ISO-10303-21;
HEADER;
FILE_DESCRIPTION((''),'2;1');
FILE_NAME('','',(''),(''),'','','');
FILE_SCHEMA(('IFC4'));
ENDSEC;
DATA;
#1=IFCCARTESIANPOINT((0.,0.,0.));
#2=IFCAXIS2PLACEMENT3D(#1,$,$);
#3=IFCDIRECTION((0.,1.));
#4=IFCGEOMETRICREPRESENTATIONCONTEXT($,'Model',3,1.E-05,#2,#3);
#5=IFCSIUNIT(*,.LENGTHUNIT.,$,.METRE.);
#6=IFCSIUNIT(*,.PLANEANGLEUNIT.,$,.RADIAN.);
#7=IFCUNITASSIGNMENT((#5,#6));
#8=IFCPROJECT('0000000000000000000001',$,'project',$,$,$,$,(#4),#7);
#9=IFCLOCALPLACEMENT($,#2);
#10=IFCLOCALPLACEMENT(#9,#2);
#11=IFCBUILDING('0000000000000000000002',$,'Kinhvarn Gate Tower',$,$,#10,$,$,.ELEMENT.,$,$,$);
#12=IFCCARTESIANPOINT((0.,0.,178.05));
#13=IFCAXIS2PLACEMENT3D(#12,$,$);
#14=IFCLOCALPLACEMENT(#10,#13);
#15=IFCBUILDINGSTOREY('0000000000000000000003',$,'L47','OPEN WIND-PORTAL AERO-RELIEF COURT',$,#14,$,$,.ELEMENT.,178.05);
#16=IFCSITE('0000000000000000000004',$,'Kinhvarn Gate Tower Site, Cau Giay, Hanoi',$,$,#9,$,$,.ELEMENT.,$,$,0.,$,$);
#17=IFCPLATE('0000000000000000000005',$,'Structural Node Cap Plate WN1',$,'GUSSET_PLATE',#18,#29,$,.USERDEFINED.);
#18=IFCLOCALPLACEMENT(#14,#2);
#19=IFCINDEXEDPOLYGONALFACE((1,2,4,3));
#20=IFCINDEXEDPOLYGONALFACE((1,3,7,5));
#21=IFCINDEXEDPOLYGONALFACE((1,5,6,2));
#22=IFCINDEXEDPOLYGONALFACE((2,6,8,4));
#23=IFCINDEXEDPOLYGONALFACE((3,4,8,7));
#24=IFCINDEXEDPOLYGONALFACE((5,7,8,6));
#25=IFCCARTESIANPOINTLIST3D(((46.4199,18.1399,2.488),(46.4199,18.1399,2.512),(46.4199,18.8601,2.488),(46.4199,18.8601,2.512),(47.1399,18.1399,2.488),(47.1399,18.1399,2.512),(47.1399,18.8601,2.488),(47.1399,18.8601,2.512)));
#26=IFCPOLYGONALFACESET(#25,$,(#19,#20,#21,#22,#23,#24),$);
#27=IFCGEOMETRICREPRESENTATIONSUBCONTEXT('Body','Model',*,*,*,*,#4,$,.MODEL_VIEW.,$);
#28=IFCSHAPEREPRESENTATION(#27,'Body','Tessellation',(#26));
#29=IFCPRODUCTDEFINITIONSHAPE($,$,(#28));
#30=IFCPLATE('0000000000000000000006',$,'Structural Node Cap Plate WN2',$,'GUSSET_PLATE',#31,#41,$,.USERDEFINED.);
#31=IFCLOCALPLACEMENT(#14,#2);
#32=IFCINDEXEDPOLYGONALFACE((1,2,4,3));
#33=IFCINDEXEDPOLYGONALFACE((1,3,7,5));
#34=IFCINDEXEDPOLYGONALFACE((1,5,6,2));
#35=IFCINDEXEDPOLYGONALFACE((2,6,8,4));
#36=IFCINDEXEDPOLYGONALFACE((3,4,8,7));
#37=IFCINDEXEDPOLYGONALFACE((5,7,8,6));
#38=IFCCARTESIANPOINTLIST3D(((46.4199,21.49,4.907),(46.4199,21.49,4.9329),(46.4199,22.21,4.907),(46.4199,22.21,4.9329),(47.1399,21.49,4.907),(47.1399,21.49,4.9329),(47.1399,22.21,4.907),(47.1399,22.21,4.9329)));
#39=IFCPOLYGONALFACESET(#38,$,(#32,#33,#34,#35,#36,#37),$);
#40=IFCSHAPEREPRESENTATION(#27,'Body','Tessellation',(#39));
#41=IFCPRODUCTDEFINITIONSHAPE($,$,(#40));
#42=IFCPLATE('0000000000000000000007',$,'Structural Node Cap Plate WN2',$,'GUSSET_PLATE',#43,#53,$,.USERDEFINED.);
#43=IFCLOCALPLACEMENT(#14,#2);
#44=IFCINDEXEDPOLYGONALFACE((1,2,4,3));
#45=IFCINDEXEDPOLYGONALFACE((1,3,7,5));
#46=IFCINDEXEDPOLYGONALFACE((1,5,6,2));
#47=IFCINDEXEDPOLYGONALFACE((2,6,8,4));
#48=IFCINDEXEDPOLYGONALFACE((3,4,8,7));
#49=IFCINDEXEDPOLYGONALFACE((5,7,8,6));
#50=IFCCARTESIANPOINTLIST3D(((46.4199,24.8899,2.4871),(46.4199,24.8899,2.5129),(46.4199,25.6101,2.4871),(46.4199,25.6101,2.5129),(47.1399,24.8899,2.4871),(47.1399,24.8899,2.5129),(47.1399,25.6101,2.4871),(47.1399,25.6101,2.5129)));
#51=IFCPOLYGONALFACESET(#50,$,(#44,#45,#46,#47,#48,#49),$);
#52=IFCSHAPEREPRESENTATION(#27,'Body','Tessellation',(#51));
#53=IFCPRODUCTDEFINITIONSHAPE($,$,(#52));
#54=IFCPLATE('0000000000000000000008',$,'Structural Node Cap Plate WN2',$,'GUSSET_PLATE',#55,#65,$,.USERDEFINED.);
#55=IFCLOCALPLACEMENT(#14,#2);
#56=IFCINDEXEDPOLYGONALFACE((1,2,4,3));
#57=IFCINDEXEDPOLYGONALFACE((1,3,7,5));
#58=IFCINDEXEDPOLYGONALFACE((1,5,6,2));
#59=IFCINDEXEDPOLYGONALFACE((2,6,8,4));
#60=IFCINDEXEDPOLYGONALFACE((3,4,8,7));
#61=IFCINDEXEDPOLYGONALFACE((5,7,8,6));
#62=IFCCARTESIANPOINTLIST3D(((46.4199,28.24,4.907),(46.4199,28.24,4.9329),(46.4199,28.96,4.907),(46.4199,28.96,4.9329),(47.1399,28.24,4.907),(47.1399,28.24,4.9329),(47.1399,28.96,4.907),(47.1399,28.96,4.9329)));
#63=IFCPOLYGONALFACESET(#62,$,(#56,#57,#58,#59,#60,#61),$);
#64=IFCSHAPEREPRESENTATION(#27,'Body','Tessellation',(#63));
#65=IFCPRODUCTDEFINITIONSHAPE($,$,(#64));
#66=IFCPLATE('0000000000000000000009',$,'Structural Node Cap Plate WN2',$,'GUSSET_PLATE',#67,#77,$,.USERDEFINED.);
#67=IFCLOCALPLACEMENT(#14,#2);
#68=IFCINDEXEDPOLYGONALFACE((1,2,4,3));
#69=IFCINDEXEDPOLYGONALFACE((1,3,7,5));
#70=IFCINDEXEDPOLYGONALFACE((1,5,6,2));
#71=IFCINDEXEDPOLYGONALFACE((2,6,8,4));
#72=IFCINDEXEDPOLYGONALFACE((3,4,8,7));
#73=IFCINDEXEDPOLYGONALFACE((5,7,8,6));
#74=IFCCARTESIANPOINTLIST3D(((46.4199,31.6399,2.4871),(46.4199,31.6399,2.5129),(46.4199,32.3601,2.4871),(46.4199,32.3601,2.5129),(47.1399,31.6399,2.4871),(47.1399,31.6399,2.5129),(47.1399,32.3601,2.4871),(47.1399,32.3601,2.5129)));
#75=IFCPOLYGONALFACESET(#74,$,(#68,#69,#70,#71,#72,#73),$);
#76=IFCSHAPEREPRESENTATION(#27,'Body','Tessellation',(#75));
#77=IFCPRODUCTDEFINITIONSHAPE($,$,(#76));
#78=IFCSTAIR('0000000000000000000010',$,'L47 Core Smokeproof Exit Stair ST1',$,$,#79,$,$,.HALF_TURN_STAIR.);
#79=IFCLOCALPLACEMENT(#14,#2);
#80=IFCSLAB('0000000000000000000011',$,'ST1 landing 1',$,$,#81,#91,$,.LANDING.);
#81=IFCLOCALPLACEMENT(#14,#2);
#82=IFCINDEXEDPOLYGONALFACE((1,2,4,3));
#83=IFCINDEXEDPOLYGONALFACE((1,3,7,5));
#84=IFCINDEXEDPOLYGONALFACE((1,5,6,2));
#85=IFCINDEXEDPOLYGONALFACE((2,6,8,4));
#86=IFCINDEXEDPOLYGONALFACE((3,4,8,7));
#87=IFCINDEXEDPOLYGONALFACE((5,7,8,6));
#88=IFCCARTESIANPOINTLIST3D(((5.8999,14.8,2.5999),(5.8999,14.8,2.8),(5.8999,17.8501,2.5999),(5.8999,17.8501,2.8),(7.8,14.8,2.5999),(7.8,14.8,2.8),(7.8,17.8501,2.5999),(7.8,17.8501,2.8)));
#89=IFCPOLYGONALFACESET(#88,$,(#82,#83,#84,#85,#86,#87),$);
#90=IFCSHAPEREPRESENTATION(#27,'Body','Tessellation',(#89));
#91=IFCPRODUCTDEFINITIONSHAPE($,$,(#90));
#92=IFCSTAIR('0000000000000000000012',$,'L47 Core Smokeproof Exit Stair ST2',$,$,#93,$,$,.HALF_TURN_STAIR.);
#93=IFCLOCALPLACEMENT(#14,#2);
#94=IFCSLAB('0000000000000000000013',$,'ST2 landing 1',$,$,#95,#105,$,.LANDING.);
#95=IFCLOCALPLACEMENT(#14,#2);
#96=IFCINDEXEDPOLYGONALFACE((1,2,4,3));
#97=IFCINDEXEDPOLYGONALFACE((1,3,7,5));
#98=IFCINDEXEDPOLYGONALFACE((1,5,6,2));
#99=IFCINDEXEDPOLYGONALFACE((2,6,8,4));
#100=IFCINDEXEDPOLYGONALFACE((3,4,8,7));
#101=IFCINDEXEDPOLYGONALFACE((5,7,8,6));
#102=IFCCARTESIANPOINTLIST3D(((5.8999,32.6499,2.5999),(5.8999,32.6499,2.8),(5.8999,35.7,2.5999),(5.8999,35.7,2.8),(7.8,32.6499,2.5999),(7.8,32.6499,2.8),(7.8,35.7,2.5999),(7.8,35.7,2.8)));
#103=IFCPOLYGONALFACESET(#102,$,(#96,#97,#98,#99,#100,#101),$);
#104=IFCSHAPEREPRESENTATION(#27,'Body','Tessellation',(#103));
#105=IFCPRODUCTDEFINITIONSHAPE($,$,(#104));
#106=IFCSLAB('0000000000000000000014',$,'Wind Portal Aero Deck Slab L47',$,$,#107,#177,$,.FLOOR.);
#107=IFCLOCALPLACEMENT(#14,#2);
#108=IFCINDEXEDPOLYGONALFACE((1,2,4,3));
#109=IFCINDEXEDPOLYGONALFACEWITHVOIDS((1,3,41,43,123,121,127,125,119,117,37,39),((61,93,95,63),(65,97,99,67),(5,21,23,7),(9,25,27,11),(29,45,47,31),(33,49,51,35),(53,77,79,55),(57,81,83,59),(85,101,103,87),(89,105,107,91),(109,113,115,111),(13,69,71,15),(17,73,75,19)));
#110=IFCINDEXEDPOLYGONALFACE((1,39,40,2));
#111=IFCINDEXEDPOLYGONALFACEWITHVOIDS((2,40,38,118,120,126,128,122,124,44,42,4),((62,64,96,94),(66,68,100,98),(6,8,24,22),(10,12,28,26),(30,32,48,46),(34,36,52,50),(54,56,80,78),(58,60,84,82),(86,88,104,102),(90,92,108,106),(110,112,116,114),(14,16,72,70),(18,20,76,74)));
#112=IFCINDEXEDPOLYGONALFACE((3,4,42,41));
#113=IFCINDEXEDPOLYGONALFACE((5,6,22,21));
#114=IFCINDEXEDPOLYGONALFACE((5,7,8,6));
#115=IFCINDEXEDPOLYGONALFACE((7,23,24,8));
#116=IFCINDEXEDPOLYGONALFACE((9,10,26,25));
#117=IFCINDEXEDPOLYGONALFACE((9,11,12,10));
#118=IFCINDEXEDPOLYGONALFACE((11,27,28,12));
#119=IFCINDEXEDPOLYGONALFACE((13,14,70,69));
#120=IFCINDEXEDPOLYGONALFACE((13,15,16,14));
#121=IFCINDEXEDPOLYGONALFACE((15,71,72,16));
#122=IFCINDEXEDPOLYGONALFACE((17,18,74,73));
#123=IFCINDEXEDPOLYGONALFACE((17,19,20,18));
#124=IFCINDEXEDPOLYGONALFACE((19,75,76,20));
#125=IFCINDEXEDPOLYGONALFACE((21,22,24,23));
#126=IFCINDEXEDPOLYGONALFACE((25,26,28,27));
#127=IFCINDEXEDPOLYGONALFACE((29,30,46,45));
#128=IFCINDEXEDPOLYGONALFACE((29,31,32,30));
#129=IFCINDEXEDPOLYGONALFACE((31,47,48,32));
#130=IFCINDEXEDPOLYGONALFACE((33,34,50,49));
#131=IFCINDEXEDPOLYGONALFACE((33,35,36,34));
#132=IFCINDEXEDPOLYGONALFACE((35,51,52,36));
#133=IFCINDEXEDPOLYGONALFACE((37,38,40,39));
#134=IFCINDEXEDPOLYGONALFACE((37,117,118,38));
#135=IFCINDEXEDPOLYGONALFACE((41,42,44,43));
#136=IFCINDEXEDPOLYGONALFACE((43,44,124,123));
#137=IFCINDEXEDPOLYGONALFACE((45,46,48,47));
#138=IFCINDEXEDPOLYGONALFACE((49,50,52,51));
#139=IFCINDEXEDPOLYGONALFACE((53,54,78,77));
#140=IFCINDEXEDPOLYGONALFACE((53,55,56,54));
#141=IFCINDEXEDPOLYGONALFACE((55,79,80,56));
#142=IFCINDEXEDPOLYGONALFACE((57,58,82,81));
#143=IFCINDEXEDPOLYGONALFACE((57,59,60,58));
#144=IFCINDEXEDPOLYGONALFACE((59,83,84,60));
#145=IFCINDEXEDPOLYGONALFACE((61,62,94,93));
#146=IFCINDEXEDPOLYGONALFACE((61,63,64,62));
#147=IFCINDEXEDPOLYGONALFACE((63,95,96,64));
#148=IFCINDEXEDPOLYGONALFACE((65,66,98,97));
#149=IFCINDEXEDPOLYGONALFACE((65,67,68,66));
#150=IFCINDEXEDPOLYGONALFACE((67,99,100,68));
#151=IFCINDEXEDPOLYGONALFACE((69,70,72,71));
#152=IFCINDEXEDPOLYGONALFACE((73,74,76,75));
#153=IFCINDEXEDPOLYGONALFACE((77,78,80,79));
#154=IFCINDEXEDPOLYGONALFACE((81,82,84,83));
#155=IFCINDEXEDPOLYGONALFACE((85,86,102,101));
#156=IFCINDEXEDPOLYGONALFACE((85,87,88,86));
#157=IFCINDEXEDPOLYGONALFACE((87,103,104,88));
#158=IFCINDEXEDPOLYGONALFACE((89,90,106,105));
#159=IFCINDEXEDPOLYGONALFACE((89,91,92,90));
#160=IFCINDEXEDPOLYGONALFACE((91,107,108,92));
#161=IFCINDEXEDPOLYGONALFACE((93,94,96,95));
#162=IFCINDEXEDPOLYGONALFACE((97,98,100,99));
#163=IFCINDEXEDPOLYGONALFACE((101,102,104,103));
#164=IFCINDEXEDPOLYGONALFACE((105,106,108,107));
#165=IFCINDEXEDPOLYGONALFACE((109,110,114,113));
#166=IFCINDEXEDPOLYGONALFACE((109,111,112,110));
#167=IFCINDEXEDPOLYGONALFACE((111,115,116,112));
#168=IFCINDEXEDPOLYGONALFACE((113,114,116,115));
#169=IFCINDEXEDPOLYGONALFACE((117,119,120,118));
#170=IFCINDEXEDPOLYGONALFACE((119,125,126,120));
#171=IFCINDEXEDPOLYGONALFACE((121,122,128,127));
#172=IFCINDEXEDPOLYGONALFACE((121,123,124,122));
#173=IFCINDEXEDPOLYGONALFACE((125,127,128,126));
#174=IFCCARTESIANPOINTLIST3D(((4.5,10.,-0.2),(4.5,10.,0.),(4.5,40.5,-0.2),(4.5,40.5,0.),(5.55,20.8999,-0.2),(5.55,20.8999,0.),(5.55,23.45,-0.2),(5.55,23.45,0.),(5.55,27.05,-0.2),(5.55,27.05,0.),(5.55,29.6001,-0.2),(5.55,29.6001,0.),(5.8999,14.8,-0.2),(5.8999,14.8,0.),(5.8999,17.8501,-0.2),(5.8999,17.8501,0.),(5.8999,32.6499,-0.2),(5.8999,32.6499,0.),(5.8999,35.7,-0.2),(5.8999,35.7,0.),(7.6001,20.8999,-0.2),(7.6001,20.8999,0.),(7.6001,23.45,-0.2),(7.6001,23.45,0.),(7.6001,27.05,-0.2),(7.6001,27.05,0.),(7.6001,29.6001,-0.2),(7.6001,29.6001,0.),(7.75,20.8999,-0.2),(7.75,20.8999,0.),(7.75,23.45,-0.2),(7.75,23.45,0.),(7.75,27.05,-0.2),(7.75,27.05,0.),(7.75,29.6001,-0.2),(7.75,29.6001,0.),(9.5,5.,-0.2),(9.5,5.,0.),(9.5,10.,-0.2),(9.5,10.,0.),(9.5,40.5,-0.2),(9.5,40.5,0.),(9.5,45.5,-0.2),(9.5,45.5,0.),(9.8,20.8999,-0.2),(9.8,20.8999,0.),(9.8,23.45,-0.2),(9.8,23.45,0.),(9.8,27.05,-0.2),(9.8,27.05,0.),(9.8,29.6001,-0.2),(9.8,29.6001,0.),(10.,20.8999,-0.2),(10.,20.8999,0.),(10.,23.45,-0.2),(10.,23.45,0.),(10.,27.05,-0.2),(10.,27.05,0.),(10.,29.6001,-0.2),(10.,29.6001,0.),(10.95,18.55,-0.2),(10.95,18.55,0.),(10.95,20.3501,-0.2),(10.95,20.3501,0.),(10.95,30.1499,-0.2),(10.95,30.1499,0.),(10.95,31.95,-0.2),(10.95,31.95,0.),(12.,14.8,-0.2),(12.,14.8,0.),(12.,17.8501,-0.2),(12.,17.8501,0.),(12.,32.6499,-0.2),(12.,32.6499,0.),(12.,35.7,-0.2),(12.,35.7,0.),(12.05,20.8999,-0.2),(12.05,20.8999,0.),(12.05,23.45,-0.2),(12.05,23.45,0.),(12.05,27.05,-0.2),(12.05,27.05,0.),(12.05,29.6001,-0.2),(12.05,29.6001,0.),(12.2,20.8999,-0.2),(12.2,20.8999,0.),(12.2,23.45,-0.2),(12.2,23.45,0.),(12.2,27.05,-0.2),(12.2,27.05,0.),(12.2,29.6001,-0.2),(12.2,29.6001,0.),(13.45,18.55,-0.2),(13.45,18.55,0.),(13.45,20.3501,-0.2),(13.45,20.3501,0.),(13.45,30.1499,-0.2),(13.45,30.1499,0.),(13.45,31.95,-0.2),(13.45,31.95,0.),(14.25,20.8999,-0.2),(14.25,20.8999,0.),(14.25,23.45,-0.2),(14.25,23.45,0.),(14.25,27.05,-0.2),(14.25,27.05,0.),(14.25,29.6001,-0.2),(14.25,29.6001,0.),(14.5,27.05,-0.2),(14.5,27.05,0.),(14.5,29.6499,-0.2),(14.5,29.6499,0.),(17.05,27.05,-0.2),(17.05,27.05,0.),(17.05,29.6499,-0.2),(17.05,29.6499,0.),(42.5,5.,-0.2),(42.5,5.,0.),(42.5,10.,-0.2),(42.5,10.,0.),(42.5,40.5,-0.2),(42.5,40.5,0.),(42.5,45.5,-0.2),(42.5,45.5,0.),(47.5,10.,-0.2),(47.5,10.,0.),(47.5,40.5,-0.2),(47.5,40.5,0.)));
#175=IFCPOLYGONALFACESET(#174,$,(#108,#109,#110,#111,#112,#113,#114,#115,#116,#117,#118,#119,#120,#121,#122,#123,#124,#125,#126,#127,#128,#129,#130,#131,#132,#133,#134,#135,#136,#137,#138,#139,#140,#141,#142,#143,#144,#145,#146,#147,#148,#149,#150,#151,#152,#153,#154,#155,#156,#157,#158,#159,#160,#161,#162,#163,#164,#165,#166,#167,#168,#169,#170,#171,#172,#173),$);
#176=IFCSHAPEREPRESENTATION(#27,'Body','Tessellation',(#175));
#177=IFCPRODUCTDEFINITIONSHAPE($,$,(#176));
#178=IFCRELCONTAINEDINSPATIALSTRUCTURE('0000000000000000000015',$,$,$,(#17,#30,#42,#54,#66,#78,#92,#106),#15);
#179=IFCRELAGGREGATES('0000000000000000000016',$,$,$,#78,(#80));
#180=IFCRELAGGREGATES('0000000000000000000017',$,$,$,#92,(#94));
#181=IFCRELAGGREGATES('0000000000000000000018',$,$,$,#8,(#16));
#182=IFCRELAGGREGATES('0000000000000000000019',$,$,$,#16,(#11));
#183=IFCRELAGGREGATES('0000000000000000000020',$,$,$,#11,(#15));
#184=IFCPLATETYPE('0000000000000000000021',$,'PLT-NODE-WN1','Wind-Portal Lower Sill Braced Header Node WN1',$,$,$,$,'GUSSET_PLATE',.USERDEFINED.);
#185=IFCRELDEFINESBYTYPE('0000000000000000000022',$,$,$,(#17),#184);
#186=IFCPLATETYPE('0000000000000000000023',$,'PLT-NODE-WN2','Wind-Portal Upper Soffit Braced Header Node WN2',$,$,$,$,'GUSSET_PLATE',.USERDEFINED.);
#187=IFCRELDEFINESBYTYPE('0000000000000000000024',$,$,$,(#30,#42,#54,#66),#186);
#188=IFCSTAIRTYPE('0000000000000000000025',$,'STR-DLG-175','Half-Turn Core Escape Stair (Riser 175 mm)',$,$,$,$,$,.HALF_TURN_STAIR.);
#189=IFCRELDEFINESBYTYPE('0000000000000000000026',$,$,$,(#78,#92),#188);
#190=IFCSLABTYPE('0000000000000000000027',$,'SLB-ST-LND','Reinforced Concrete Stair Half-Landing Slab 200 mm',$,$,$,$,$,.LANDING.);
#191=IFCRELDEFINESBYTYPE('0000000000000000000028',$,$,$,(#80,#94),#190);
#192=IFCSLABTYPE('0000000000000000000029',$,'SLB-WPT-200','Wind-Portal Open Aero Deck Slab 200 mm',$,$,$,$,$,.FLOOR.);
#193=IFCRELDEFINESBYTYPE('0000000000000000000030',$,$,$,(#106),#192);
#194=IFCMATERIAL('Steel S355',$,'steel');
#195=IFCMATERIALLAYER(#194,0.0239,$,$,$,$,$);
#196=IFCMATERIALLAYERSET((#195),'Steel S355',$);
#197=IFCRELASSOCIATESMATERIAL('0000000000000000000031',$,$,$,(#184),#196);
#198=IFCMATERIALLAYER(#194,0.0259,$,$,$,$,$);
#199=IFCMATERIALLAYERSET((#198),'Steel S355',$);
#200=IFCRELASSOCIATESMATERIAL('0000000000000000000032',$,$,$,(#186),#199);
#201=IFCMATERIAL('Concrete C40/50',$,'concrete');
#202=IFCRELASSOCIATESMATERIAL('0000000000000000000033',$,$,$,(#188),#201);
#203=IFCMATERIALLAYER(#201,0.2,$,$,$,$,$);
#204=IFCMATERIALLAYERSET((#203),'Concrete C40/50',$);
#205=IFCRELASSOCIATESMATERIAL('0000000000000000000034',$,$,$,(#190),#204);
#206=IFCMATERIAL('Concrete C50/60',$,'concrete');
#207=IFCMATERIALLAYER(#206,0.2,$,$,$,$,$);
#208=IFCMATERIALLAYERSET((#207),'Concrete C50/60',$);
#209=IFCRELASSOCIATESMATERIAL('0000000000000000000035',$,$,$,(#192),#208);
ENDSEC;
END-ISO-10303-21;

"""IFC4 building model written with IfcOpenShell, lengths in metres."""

from ifc_helpers import new_model, si_unit, direction, frame, origin, place, context, subcontext, project, spatial, polyline, outline, extrude, material, layer, layer_set, type_object, element, aggregate, save


model = new_model("IFC4")

# Units and contexts
model_context = context("Model", 3, precision=1e-05, world=origin(), true_north=direction((0.0, 1.0)))
body_context = subcontext(model_context, "Body", "Model", "MODEL_VIEW")
ifc_project = project(units=[si_unit("LENGTHUNIT", "METRE"), si_unit("PLANEANGLEUNIT", "RADIAN")], contexts=[model_context])

# Site, building, storey
site_placement = place(None, origin())
site = spatial("IfcSite", under=ifc_project, at=site_placement, Name="Kinhvarn Gate Tower Site, Cau Giay, Hanoi", CompositionType="ELEMENT", RefElevation=0.0)
building_placement = place(site_placement, origin())
building = spatial("IfcBuilding", under=site, at=building_placement, Name="Kinhvarn Gate Tower", CompositionType="ELEMENT")
storey_placement = place(building_placement, frame((0.0, 0.0, 178.05)))
storey = spatial("IfcBuildingStorey", under=building, at=storey_placement, Name="L47", Description="OPEN WIND-PORTAL AERO-RELIEF COURT", CompositionType="ELEMENT", Elevation=178.05)

# Shared definitions
ifc_material_1 = material(Name="Steel S355", Category="steel")
ifc_material_2 = material(Name="Concrete C50/60", Category="concrete")

# Plates
ifc_layer_1 = layer(ifc_material_1, 0.0239)
ifc_layer_set_1 = layer_set([ifc_layer_1], Name="Steel S355")
plate_type_1 = type_object("IfcPlateType", Name="PLT-NODE-WN1", Description="Wind-Portal Lower Sill Braced Header Node WN1", ElementType="GUSSET_PLATE", PredefinedType="USERDEFINED", material=ifc_layer_set_1)
plate_1_placement = place(storey_placement, frame((0.0, 0.0, 2.488)))
element("IfcPlate", 1, at=plate_1_placement, inside=storey, type_object=plate_type_1, Name="Structural Node Cap Plate WN1", ObjectType="GUSSET_PLATE", PredefinedType="USERDEFINED", context=body_context, shape_type="SweptSolid", body=[
    extrude(outline(polyline([(46.4199, 18.1399), (47.1399, 18.1399), (47.1399, 18.8601), (46.4199, 18.8601), (46.4199, 18.1399)])), origin(), (0.0, 0.0, 1.0), 0.0239),
])
ifc_layer_2 = layer(ifc_material_1, 0.0259)
ifc_layer_set_2 = layer_set([ifc_layer_2], Name="Steel S355")
plate_type_2 = type_object("IfcPlateType", Name="PLT-NODE-WN2", Description="Wind-Portal Upper Soffit Braced Header Node WN2", ElementType="GUSSET_PLATE", PredefinedType="USERDEFINED", material=ifc_layer_set_2)
plate_2_placement = place(storey_placement, frame((0.0, 0.0, 4.907)))
element("IfcPlate", 2, at=plate_2_placement, inside=storey, type_object=plate_type_2, Name="Structural Node Cap Plate WN2", ObjectType="GUSSET_PLATE", PredefinedType="USERDEFINED", context=body_context, shape_type="SweptSolid", body=[
    extrude(outline(polyline([(46.4199, 21.49), (47.1399, 21.49), (47.1399, 22.21), (46.4199, 22.21), (46.4199, 21.49)])), origin(), (0.0, 0.0, 1.0), 0.0259),
])
plate_3_placement = place(storey_placement, frame((0.0, 0.0, 2.4871)))
element("IfcPlate", 3, at=plate_3_placement, inside=storey, type_object=plate_type_2, Name="Structural Node Cap Plate WN2", ObjectType="GUSSET_PLATE", PredefinedType="USERDEFINED", context=body_context, shape_type="SweptSolid", body=[
    extrude(outline(polyline([(46.4199, 24.8899), (47.1399, 24.8899), (47.1399, 25.6101), (46.4199, 25.6101), (46.4199, 24.8899)])), origin(), (0.0, 0.0, 1.0), 0.0259),
])
plate_4_placement = place(storey_placement, frame((0.0, 0.0, 4.907)))
element("IfcPlate", 4, at=plate_4_placement, inside=storey, type_object=plate_type_2, Name="Structural Node Cap Plate WN2", ObjectType="GUSSET_PLATE", PredefinedType="USERDEFINED", context=body_context, shape_type="SweptSolid", body=[
    extrude(outline(polyline([(46.4199, 28.24), (47.1399, 28.24), (47.1399, 28.96), (46.4199, 28.96), (46.4199, 28.24)])), origin(), (0.0, 0.0, 1.0), 0.0259),
])
plate_5_placement = place(storey_placement, frame((0.0, 0.0, 2.4871)))
element("IfcPlate", 5, at=plate_5_placement, inside=storey, type_object=plate_type_2, Name="Structural Node Cap Plate WN2", ObjectType="GUSSET_PLATE", PredefinedType="USERDEFINED", context=body_context, shape_type="SweptSolid", body=[
    extrude(outline(polyline([(46.4199, 31.6399), (47.1399, 31.6399), (47.1399, 32.3601), (46.4199, 32.3601), (46.4199, 31.6399)])), origin(), (0.0, 0.0, 1.0), 0.0259),
])

# Stairs, slabs
ifc_material_3 = material(Name="Concrete C40/50", Category="concrete")
stair_type = type_object("IfcStairType", Name="STR-DLG-175", Description="Half-Turn Core Escape Stair (Riser 175 mm)", PredefinedType="HALF_TURN_STAIR", material=ifc_material_3)
stair_1_placement = place(storey_placement, origin())
stair_1 = element("IfcStair", 6, at=stair_1_placement, inside=storey, type_object=stair_type, Name="L47 Core Smokeproof Exit Stair ST1", PredefinedType="HALF_TURN_STAIR")
ifc_layer_3 = layer(ifc_material_3, 0.2)
ifc_layer_set_3 = layer_set([ifc_layer_3], Name="Concrete C40/50")
slab_type_1 = type_object("IfcSlabType", Name="SLB-ST-LND", Description="Reinforced Concrete Stair Half-Landing Slab 200 mm", PredefinedType="LANDING", material=ifc_layer_set_3)
slab_1_placement = place(storey_placement, frame((0.0, 0.0, 2.5999)))
slab_1 = element("IfcSlab", 7, at=slab_1_placement, type_object=slab_type_1, Name="ST1 landing 1", PredefinedType="LANDING", context=body_context, shape_type="SweptSolid", body=[
    extrude(outline(polyline([(7.8, 17.8501), (5.8999, 17.8501), (5.8999, 14.8), (7.8, 14.8), (7.8, 17.8501)])), origin(), (0.0, 0.0, 1.0), 0.2002),
])
aggregate(stair_1, [slab_1])
stair_2_placement = place(storey_placement, origin())
stair_2 = element("IfcStair", 8, at=stair_2_placement, inside=storey, type_object=stair_type, Name="L47 Core Smokeproof Exit Stair ST2", PredefinedType="HALF_TURN_STAIR")
slab_2_placement = place(storey_placement, frame((0.0, 0.0, 2.5999)))
slab_2 = element("IfcSlab", 9, at=slab_2_placement, type_object=slab_type_1, Name="ST2 landing 1", PredefinedType="LANDING", context=body_context, shape_type="SweptSolid", body=[
    extrude(outline(polyline([(7.8, 35.7), (5.8999, 35.7), (5.8999, 32.6499), (7.8, 32.6499), (7.8, 35.7)])), origin(), (0.0, 0.0, 1.0), 0.2002),
])
aggregate(stair_2, [slab_2])

# Slab
ifc_layer_4 = layer(ifc_material_2, 0.2)
ifc_layer_set_4 = layer_set([ifc_layer_4], Name="Concrete C50/60")
slab_type_2 = type_object("IfcSlabType", Name="SLB-WPT-200", Description="Wind-Portal Open Aero Deck Slab 200 mm", PredefinedType="FLOOR", material=ifc_layer_set_4)
slab_3_placement = place(storey_placement, frame((0.0, 0.0, -0.2)))
element("IfcSlab", 10, at=slab_3_placement, inside=storey, type_object=slab_type_2, Name="Wind Portal Aero Deck Slab L47", PredefinedType="FLOOR", context=body_context, shape_type="SweptSolid", body=[
    extrude(outline(polyline([(9.5, 5.0), (42.5, 5.0), (42.5, 10.0), (47.5, 10.0), (47.5, 40.5), (42.5, 40.5), (42.5, 45.5), (9.5, 45.5), (9.5, 40.5), (4.5, 40.5), (4.5, 10.0), (9.5, 10.0), (9.5, 5.0)]), holes=[polyline([(5.8999, 14.8), (12.0, 14.8), (12.0, 17.8501), (5.8999, 17.8501), (5.8999, 14.8)]), polyline([(5.8999, 32.6499), (12.0, 32.6499), (12.0, 35.7), (5.8999, 35.7), (5.8999, 32.6499)]), polyline([(5.55, 20.8999), (7.6001, 20.8999), (7.6001, 23.45), (5.55, 23.45), (5.55, 20.8999)]), polyline([(7.75, 20.8999), (9.8, 20.8999), (9.8, 23.45), (7.75, 23.45), (7.75, 20.8999)]), polyline([(5.55, 27.05), (7.6001, 27.05), (7.6001, 29.6001), (5.55, 29.6001), (5.55, 27.05)]), polyline([(7.75, 27.05), (9.8, 27.05), (9.8, 29.6001), (7.75, 29.6001), (7.75, 27.05)]), polyline([(10.0, 20.8999), (12.05, 20.8999), (12.05, 23.45), (10.0, 23.45), (10.0, 20.8999)]), polyline([(12.2, 20.8999), (14.25, 20.8999), (14.25, 23.45), (12.2, 23.45), (12.2, 20.8999)]), polyline([(10.0, 27.05), (12.05, 27.05), (12.05, 29.6001), (10.0, 29.6001), (10.0, 27.05)]), polyline([(12.2, 27.05), (14.25, 27.05), (14.25, 29.6001), (12.2, 29.6001), (12.2, 27.05)]), polyline([(14.5, 27.05), (17.05, 27.05), (17.05, 29.6499), (14.5, 29.6499), (14.5, 27.05)]), polyline([(10.95, 18.55), (13.45, 18.55), (13.45, 20.3501), (10.95, 20.3501), (10.95, 18.55)]), polyline([(10.95, 30.1499), (13.45, 30.1499), (13.45, 31.95), (10.95, 31.95), (10.95, 30.1499)])]), origin(), (0.0, 0.0, 1.0), 0.2),
])

save(model, "model.ifc")
